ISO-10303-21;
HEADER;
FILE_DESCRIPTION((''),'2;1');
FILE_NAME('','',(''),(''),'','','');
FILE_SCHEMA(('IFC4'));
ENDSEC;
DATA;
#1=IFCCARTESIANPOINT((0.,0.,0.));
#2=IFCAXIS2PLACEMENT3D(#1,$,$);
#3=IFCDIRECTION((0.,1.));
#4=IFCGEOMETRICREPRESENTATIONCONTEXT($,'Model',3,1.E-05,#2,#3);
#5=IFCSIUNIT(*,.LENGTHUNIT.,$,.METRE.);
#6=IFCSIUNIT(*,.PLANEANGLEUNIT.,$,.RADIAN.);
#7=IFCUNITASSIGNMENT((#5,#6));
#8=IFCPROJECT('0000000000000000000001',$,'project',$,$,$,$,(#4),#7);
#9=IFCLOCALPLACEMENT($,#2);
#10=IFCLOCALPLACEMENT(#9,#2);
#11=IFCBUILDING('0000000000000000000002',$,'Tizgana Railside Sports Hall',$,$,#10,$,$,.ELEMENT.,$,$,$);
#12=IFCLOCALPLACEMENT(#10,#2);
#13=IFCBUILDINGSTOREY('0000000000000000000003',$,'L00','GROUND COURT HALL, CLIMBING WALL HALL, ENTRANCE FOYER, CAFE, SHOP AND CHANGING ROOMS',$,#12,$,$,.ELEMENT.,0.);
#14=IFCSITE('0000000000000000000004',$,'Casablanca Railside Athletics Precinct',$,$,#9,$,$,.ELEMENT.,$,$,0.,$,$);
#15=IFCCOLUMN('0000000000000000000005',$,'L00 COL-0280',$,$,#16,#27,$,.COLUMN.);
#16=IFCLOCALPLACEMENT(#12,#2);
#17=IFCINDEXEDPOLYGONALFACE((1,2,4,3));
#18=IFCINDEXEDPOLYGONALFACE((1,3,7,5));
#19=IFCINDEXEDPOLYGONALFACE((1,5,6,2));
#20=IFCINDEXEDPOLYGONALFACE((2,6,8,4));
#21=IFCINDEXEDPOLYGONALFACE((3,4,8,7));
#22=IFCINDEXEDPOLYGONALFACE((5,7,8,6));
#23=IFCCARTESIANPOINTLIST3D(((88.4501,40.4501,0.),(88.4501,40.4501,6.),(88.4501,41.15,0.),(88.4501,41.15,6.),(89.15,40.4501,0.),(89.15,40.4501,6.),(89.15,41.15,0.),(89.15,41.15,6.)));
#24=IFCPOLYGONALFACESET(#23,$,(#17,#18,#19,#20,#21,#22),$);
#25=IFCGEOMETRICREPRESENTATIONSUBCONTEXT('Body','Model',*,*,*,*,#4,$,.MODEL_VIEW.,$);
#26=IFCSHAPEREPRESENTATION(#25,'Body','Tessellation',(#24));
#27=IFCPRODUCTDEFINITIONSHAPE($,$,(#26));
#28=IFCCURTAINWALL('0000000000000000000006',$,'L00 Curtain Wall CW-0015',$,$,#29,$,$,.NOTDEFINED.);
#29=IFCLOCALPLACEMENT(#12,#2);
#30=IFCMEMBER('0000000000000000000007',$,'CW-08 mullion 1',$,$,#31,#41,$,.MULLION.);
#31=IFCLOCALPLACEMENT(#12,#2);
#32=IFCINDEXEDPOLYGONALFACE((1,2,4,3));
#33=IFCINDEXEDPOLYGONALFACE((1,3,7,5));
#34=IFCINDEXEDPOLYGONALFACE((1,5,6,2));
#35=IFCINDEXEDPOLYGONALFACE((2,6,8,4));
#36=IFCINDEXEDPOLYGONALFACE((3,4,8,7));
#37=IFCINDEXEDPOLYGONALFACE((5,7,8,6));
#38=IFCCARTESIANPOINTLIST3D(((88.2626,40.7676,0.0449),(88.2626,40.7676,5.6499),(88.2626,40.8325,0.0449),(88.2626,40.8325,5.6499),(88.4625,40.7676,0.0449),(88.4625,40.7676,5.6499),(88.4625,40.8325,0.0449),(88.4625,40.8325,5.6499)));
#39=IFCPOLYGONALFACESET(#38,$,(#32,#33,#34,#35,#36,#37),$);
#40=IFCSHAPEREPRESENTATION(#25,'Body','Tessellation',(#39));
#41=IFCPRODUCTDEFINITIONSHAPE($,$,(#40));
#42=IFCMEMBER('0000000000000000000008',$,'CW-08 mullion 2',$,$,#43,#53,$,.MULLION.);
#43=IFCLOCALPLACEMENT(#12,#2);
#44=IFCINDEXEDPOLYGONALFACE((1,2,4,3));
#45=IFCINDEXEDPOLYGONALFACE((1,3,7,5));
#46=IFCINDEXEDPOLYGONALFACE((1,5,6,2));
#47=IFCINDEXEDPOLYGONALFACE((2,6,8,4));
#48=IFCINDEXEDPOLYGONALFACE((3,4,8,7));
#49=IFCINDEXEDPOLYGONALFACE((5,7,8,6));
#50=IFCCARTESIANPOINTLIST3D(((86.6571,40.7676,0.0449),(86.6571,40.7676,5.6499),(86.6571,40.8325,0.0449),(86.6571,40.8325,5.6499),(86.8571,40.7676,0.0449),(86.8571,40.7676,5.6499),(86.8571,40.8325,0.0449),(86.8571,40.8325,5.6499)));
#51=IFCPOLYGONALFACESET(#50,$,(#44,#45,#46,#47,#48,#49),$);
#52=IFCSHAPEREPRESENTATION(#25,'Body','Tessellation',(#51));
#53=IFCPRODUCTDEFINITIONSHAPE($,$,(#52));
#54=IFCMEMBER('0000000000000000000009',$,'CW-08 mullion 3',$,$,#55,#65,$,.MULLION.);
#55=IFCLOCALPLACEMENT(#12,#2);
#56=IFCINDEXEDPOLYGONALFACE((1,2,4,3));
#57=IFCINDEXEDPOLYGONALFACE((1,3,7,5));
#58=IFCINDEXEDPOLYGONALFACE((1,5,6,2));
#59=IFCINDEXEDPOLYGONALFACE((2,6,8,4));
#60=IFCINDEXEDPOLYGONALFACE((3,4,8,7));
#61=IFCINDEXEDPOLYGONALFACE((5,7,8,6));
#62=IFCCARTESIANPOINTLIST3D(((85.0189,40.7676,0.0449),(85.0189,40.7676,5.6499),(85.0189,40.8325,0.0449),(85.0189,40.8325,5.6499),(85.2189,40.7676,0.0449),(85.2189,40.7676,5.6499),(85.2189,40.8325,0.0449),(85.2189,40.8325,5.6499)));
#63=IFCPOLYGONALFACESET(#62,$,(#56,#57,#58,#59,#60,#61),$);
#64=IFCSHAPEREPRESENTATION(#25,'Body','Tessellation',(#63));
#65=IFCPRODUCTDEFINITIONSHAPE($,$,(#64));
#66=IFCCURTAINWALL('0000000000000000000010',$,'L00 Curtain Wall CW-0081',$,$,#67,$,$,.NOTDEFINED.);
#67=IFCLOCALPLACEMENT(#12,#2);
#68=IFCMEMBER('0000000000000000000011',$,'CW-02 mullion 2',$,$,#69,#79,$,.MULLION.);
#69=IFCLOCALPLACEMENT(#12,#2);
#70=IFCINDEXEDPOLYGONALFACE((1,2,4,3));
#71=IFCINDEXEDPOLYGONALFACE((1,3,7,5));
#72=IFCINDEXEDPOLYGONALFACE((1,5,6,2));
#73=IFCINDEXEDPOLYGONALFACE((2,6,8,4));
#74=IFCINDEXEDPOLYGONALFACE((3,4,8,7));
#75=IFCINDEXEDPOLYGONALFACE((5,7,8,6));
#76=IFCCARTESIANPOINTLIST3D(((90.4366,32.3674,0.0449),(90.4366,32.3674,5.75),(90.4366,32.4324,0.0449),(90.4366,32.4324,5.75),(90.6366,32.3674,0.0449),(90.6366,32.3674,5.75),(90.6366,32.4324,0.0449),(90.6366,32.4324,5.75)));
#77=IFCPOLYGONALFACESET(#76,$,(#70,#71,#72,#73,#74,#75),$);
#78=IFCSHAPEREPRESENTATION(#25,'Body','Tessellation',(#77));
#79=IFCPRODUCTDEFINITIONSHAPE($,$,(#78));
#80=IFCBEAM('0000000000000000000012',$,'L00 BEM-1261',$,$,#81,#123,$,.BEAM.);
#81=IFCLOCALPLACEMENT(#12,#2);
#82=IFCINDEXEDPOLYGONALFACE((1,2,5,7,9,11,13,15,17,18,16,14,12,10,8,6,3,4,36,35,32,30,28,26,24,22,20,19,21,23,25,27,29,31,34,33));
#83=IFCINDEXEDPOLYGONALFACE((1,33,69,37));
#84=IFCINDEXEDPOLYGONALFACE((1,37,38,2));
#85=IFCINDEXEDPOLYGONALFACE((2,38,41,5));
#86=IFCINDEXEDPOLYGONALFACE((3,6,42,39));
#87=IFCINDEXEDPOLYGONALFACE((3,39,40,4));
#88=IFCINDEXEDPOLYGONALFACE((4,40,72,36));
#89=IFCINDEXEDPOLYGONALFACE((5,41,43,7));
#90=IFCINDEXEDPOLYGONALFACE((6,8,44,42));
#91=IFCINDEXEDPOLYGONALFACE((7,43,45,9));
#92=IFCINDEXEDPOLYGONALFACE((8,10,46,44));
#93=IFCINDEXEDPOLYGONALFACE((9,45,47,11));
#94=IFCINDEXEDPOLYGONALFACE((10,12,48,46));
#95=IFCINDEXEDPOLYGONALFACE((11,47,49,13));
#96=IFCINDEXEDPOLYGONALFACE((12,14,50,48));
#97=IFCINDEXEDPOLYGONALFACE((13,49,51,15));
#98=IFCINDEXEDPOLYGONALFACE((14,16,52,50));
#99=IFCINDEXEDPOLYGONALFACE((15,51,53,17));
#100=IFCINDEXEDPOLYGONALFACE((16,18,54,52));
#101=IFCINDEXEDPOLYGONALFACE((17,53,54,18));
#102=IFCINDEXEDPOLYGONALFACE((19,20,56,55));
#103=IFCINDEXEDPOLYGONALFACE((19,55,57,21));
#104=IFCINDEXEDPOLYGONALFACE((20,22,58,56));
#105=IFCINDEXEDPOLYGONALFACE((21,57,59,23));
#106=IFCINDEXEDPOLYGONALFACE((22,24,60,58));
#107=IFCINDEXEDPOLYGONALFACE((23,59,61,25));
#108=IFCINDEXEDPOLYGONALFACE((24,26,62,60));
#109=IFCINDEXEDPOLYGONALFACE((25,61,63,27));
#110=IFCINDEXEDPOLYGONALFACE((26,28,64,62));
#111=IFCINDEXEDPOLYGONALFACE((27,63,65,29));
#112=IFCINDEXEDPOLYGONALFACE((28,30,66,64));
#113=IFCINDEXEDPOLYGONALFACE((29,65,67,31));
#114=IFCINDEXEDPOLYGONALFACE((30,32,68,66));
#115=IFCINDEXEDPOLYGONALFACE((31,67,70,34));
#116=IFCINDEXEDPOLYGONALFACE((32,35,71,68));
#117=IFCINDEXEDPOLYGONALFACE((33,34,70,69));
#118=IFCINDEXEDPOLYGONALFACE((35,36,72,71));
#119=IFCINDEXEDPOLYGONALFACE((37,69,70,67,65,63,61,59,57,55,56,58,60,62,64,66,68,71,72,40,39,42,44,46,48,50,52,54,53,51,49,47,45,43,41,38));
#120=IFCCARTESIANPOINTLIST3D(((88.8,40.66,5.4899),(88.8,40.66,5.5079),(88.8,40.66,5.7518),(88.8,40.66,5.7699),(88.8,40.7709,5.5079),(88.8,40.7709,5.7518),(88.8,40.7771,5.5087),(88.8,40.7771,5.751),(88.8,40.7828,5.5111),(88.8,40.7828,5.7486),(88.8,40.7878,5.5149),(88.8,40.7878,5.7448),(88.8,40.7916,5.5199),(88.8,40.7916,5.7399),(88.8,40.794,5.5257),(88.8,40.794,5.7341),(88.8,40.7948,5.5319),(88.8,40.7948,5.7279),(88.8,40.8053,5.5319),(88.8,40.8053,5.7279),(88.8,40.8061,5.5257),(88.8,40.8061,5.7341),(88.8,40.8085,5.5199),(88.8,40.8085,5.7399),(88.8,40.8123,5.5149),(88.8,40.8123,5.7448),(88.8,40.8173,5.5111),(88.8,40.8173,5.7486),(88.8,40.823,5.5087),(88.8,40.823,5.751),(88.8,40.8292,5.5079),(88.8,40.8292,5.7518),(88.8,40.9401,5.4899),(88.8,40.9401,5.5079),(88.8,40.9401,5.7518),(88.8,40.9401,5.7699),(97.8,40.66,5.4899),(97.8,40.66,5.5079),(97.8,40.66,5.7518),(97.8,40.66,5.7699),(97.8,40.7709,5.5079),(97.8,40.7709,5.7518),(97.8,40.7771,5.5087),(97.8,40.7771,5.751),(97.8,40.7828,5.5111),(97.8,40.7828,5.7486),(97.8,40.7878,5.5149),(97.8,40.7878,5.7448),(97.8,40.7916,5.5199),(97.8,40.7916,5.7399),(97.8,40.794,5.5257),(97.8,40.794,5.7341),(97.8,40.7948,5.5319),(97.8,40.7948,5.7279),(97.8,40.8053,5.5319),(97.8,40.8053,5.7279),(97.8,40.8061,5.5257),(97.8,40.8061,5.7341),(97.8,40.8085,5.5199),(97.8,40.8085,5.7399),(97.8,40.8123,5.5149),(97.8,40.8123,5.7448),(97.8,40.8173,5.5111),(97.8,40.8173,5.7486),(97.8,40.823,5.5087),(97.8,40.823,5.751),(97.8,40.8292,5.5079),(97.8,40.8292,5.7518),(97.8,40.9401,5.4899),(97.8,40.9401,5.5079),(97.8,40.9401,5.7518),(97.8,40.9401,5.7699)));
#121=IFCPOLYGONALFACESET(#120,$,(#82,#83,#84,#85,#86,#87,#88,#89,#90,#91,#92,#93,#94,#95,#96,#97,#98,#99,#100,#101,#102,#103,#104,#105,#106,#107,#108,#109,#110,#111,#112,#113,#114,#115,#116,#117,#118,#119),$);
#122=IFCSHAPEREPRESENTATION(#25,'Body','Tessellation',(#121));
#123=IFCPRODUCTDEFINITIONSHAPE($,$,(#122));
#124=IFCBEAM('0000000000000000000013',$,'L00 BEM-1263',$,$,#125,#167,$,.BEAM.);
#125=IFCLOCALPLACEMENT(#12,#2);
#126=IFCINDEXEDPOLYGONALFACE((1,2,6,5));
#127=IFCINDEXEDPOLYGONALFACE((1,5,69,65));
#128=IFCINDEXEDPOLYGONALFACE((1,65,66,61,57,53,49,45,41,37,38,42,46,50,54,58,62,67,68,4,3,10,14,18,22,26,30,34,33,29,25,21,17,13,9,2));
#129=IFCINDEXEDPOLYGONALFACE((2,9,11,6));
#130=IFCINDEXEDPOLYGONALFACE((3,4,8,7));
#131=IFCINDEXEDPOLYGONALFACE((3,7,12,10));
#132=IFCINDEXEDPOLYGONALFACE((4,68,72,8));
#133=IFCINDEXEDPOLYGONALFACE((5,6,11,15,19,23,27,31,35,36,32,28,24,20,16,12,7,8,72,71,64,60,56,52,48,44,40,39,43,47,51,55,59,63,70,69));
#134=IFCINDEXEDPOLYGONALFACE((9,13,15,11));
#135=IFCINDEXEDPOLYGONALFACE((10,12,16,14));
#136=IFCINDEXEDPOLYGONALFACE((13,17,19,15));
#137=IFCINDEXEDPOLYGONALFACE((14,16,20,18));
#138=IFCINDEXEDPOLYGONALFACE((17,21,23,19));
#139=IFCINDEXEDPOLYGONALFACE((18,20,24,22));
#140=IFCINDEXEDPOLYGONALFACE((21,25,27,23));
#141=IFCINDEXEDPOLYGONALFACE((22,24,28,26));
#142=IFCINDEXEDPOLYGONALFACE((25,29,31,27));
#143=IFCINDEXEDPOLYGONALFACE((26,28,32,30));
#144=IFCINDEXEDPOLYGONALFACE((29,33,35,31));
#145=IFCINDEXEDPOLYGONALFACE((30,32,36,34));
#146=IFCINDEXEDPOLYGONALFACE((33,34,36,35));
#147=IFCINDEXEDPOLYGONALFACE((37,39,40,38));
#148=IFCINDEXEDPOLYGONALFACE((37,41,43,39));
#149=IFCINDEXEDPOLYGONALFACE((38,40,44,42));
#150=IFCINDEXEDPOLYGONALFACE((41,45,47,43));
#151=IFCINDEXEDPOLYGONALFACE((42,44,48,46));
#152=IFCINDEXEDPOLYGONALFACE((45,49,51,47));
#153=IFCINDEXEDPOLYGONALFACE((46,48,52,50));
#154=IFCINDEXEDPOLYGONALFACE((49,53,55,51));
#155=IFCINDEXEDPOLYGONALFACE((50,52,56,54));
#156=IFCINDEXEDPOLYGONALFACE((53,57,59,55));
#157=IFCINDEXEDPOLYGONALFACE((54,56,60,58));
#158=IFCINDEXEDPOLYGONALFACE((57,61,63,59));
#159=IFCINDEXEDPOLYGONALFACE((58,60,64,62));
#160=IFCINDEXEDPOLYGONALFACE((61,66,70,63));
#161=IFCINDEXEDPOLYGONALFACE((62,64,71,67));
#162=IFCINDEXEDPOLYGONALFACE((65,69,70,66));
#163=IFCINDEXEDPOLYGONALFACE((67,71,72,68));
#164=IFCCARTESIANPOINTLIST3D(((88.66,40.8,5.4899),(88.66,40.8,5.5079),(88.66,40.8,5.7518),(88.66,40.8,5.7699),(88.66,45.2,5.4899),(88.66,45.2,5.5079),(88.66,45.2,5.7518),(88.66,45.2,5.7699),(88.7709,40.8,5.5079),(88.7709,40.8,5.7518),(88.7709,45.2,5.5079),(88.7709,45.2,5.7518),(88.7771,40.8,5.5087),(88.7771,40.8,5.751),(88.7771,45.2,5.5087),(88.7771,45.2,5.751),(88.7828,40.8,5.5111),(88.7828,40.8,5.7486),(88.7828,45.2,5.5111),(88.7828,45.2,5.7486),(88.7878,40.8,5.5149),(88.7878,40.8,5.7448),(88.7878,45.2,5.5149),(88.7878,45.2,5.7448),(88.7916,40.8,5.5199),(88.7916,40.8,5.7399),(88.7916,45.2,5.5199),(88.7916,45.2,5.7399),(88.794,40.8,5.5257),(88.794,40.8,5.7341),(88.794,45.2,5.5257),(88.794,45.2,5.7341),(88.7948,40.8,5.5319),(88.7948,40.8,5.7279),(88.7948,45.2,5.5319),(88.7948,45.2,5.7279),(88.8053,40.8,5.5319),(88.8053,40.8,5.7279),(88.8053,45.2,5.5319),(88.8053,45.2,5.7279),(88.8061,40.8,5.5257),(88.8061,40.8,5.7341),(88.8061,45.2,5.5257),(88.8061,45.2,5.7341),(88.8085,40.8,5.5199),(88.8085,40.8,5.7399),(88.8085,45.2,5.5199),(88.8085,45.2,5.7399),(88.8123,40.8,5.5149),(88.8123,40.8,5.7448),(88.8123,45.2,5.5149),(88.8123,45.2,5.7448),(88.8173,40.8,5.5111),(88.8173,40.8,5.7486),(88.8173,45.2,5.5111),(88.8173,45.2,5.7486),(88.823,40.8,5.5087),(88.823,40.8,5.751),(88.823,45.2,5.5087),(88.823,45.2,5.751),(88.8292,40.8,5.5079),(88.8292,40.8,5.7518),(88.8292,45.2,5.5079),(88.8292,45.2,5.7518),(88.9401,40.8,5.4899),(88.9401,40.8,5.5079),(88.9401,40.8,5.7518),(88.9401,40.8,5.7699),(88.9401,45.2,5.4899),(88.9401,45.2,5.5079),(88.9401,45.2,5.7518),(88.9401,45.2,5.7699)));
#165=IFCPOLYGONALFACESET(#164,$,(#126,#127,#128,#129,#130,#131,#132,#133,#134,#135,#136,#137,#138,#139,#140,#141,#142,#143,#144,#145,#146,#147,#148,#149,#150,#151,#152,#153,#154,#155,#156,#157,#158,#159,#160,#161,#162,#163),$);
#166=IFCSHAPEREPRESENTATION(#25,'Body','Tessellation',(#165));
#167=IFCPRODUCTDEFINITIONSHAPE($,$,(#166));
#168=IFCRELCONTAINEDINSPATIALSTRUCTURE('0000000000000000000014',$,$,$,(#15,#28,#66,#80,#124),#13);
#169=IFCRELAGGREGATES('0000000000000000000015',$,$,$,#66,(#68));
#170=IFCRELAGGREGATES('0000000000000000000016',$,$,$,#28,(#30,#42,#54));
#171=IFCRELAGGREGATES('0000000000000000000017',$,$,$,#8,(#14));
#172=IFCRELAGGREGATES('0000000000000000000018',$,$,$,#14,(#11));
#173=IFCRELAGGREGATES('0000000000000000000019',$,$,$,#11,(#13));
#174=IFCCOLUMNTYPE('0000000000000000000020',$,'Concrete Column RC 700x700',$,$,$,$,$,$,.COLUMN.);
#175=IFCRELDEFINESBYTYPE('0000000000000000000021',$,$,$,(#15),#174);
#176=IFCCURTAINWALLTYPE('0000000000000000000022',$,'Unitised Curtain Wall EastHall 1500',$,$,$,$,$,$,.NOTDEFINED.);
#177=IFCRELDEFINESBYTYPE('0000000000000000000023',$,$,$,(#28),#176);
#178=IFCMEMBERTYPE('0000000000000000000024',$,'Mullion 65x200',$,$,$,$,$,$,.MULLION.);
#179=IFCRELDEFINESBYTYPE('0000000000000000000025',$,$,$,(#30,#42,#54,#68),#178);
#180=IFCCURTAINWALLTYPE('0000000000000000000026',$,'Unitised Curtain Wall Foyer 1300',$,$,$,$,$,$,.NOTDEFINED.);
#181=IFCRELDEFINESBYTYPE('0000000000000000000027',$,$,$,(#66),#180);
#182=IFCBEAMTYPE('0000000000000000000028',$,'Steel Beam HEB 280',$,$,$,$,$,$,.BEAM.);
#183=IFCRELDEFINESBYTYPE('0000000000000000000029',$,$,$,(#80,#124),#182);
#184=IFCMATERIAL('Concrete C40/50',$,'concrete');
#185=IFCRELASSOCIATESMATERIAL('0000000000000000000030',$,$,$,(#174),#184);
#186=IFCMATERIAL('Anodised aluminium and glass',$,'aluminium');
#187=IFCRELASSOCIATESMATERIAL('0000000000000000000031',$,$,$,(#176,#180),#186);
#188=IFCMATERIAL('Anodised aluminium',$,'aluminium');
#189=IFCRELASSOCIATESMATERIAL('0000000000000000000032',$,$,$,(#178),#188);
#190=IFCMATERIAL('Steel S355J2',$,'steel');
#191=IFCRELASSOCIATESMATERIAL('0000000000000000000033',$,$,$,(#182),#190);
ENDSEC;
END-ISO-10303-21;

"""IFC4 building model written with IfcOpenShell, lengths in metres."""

from ifc_helpers import new_model, si_unit, direction, frame, origin, origin_2d, place, context, subcontext, project, spatial, rectangle, i_section, extrude, material, material_profile, profile_set, type_object, element, aggregate, save


model = new_model("IFC4")

# Units and contexts
model_context = context("Model", 3, precision=1e-05, world=origin(), true_north=direction((0.0, 1.0)))
body_context = subcontext(model_context, "Body", "Model", "MODEL_VIEW")
ifc_project = project(units=[si_unit("LENGTHUNIT", "METRE"), si_unit("PLANEANGLEUNIT", "RADIAN")], contexts=[model_context])

# Site, building, storey
site_placement = place(None, origin())
site = spatial("IfcSite", under=ifc_project, at=site_placement, Name="Casablanca Railside Athletics Precinct", CompositionType="ELEMENT", RefElevation=0.0)
building_placement = place(site_placement, origin())
building = spatial("IfcBuilding", under=site, at=building_placement, Name="Tizgana Railside Sports Hall", CompositionType="ELEMENT")
storey_placement = place(building_placement, origin())
storey = spatial("IfcBuildingStorey", under=building, at=storey_placement, Name="L00", Description="GROUND COURT HALL, CLIMBING WALL HALL, ENTRANCE FOYER, CAFE, SHOP AND CHANGING ROOMS", CompositionType="ELEMENT", Elevation=0.0)

# Column
ifc_material_1 = material(Name="Concrete C40/50", Category="concrete")
ifc_material_profile_1 = material_profile(ifc_material_1, rectangle(XDim=0.7, YDim=0.7, at=origin_2d()), Name="RC 700x700")
ifc_profile_set_1 = profile_set([ifc_material_profile_1], Name="Concrete C40/50")
column_type = type_object("IfcColumnType", Name="Concrete Column RC 700x700", PredefinedType="COLUMN", material=ifc_profile_set_1)
column_placement = place(storey_placement, frame((88.8, 40.8, 0.0), z_axis=(0.0, 0.0, 1.0), x_axis=(1.0, 0.0, 0.0)))
element("IfcColumn", 1, at=column_placement, inside=storey, type_object=column_type, Name="L00 COL-0280", PredefinedType="COLUMN", context=body_context, shape_type="SweptSolid", body=[
    extrude(rectangle(XDim=0.7, YDim=0.7, at=origin_2d()), origin(), (0.0, 0.0, 1.0), 6.0),
])

# Curtain wall, members
ifc_material_2 = material(Name="Anodised aluminium and glass", Category="aluminium")
curtain_wall_type_1 = type_object("IfcCurtainWallType", Name="Unitised Curtain Wall EastHall 1500", PredefinedType="NOTDEFINED", material=ifc_material_2)
curtain_wall_1_placement = place(storey_placement, origin())
curtain_wall_1 = element("IfcCurtainWall", 2, at=curtain_wall_1_placement, inside=storey, type_object=curtain_wall_type_1, Name="L00 Curtain Wall CW-0015", PredefinedType="NOTDEFINED")
ifc_material_3 = material(Name="Anodised aluminium", Category="aluminium")
ifc_material_profile_2 = material_profile(ifc_material_3, rectangle(XDim=0.0649, YDim=0.2, at=origin_2d()), Name="Mullion 65x200")
ifc_profile_set_2 = profile_set([ifc_material_profile_2], Name="Anodised aluminium")
member_type_1 = type_object("IfcMemberType", Name="Mullion 65x200", PredefinedType="MULLION", material=ifc_profile_set_2)
member_1_placement = place(storey_placement, frame((88.3625, 40.8, 0.0449), z_axis=(0.0, 0.0, 1.0), x_axis=(0.0, -1.0, 0.0)))
member_1 = element("IfcMember", 3, at=member_1_placement, type_object=member_type_1, Name="CW-08 mullion 1", PredefinedType="MULLION", context=body_context, shape_type="SweptSolid", body=[
    extrude(rectangle(XDim=0.0649, YDim=0.2, at=origin_2d()), origin(), (0.0, 0.0, 1.0), 5.605),
])
member_2_placement = place(storey_placement, frame((86.7571, 40.8, 0.0449), z_axis=(0.0, 0.0, 1.0), x_axis=(0.0, -1.0, 0.0)))
member_2 = element("IfcMember", 4, at=member_2_placement, type_object=member_type_1, Name="CW-08 mullion 2", PredefinedType="MULLION", context=body_context, shape_type="SweptSolid", body=[
    extrude(rectangle(XDim=0.0649, YDim=0.2, at=origin_2d()), origin(), (0.0, 0.0, 1.0), 5.605),
])
member_3_placement = place(storey_placement, frame((85.1189, 40.8, 0.0449), z_axis=(0.0, 0.0, 1.0), x_axis=(0.0, -1.0, 0.0)))
member_3 = element("IfcMember", 5, at=member_3_placement, type_object=member_type_1, Name="CW-08 mullion 3", PredefinedType="MULLION", context=body_context, shape_type="SweptSolid", body=[
    extrude(rectangle(XDim=0.0649, YDim=0.2, at=origin_2d()), origin(), (0.0, 0.0, 1.0), 5.605),
])

# Curtain wall, member
curtain_wall_type_2 = type_object("IfcCurtainWallType", Name="Unitised Curtain Wall Foyer 1300", PredefinedType="NOTDEFINED", material=ifc_material_2)
curtain_wall_2_placement = place(storey_placement, origin())
curtain_wall_2 = element("IfcCurtainWall", 6, at=curtain_wall_2_placement, inside=storey, type_object=curtain_wall_type_2, Name="L00 Curtain Wall CW-0081", PredefinedType="NOTDEFINED")
member_4_placement = place(storey_placement, frame((90.5366, 32.3999, 0.0449), z_axis=(0.0, 0.0, 1.0), x_axis=(0.0, 1.0, 0.0)))
member_4 = element("IfcMember", 7, at=member_4_placement, type_object=member_type_1, Name="CW-02 mullion 2", PredefinedType="MULLION", context=body_context, shape_type="SweptSolid", body=[
    extrude(rectangle(XDim=0.0649, YDim=0.2, at=origin_2d()), origin(), (0.0, 0.0, 1.0), 5.7051),
])

# Beams
ifc_material_4 = material(Name="Steel S355J2", Category="steel")
ifc_material_profile_3 = material_profile(ifc_material_4, i_section(OverallWidth=0.28, OverallDepth=0.28, WebThickness=0.0105, FlangeThickness=0.0181, FilletRadius=0.0239, at=origin_2d()), Name="HEB 280")
ifc_profile_set_3 = profile_set([ifc_material_profile_3], Name="Steel S355J2")
beam_type_1 = type_object("IfcBeamType", Name="Steel Beam HEB 280", PredefinedType="BEAM", material=ifc_profile_set_3)
beam_1_placement = place(storey_placement, frame((88.8, 40.8, 5.6299), z_axis=(1.0, 0.0, 0.0), x_axis=(0.0, 1.0, 0.0)))
element("IfcBeam", 8, at=beam_1_placement, inside=storey, type_object=beam_type_1, Name="L00 BEM-1261", PredefinedType="BEAM", context=body_context, shape_type="SweptSolid", body=[
    extrude(i_section(OverallWidth=0.28, OverallDepth=0.28, WebThickness=0.0105, FlangeThickness=0.0181, FilletRadius=0.0239, at=origin_2d()), origin(), (0.0, 0.0, 1.0), 9.0),
])
beam_2_placement = place(storey_placement, frame((88.8, 40.8, 5.6299), z_axis=(0.0, 1.0, 0.0), x_axis=(-1.0, 0.0, 0.0)))
element("IfcBeam", 9, at=beam_2_placement, inside=storey, type_object=beam_type_1, Name="L00 BEM-1263", PredefinedType="BEAM", context=body_context, shape_type="SweptSolid", body=[
    extrude(i_section(OverallWidth=0.28, OverallDepth=0.28, WebThickness=0.0105, FlangeThickness=0.0181, FilletRadius=0.0239, at=origin_2d()), origin(), (0.0, 0.0, 1.0), 4.3999),
])

aggregate(curtain_wall_2, [member_4])

aggregate(curtain_wall_1, [member_1, member_2, member_3])

save(model, "model.ifc")
